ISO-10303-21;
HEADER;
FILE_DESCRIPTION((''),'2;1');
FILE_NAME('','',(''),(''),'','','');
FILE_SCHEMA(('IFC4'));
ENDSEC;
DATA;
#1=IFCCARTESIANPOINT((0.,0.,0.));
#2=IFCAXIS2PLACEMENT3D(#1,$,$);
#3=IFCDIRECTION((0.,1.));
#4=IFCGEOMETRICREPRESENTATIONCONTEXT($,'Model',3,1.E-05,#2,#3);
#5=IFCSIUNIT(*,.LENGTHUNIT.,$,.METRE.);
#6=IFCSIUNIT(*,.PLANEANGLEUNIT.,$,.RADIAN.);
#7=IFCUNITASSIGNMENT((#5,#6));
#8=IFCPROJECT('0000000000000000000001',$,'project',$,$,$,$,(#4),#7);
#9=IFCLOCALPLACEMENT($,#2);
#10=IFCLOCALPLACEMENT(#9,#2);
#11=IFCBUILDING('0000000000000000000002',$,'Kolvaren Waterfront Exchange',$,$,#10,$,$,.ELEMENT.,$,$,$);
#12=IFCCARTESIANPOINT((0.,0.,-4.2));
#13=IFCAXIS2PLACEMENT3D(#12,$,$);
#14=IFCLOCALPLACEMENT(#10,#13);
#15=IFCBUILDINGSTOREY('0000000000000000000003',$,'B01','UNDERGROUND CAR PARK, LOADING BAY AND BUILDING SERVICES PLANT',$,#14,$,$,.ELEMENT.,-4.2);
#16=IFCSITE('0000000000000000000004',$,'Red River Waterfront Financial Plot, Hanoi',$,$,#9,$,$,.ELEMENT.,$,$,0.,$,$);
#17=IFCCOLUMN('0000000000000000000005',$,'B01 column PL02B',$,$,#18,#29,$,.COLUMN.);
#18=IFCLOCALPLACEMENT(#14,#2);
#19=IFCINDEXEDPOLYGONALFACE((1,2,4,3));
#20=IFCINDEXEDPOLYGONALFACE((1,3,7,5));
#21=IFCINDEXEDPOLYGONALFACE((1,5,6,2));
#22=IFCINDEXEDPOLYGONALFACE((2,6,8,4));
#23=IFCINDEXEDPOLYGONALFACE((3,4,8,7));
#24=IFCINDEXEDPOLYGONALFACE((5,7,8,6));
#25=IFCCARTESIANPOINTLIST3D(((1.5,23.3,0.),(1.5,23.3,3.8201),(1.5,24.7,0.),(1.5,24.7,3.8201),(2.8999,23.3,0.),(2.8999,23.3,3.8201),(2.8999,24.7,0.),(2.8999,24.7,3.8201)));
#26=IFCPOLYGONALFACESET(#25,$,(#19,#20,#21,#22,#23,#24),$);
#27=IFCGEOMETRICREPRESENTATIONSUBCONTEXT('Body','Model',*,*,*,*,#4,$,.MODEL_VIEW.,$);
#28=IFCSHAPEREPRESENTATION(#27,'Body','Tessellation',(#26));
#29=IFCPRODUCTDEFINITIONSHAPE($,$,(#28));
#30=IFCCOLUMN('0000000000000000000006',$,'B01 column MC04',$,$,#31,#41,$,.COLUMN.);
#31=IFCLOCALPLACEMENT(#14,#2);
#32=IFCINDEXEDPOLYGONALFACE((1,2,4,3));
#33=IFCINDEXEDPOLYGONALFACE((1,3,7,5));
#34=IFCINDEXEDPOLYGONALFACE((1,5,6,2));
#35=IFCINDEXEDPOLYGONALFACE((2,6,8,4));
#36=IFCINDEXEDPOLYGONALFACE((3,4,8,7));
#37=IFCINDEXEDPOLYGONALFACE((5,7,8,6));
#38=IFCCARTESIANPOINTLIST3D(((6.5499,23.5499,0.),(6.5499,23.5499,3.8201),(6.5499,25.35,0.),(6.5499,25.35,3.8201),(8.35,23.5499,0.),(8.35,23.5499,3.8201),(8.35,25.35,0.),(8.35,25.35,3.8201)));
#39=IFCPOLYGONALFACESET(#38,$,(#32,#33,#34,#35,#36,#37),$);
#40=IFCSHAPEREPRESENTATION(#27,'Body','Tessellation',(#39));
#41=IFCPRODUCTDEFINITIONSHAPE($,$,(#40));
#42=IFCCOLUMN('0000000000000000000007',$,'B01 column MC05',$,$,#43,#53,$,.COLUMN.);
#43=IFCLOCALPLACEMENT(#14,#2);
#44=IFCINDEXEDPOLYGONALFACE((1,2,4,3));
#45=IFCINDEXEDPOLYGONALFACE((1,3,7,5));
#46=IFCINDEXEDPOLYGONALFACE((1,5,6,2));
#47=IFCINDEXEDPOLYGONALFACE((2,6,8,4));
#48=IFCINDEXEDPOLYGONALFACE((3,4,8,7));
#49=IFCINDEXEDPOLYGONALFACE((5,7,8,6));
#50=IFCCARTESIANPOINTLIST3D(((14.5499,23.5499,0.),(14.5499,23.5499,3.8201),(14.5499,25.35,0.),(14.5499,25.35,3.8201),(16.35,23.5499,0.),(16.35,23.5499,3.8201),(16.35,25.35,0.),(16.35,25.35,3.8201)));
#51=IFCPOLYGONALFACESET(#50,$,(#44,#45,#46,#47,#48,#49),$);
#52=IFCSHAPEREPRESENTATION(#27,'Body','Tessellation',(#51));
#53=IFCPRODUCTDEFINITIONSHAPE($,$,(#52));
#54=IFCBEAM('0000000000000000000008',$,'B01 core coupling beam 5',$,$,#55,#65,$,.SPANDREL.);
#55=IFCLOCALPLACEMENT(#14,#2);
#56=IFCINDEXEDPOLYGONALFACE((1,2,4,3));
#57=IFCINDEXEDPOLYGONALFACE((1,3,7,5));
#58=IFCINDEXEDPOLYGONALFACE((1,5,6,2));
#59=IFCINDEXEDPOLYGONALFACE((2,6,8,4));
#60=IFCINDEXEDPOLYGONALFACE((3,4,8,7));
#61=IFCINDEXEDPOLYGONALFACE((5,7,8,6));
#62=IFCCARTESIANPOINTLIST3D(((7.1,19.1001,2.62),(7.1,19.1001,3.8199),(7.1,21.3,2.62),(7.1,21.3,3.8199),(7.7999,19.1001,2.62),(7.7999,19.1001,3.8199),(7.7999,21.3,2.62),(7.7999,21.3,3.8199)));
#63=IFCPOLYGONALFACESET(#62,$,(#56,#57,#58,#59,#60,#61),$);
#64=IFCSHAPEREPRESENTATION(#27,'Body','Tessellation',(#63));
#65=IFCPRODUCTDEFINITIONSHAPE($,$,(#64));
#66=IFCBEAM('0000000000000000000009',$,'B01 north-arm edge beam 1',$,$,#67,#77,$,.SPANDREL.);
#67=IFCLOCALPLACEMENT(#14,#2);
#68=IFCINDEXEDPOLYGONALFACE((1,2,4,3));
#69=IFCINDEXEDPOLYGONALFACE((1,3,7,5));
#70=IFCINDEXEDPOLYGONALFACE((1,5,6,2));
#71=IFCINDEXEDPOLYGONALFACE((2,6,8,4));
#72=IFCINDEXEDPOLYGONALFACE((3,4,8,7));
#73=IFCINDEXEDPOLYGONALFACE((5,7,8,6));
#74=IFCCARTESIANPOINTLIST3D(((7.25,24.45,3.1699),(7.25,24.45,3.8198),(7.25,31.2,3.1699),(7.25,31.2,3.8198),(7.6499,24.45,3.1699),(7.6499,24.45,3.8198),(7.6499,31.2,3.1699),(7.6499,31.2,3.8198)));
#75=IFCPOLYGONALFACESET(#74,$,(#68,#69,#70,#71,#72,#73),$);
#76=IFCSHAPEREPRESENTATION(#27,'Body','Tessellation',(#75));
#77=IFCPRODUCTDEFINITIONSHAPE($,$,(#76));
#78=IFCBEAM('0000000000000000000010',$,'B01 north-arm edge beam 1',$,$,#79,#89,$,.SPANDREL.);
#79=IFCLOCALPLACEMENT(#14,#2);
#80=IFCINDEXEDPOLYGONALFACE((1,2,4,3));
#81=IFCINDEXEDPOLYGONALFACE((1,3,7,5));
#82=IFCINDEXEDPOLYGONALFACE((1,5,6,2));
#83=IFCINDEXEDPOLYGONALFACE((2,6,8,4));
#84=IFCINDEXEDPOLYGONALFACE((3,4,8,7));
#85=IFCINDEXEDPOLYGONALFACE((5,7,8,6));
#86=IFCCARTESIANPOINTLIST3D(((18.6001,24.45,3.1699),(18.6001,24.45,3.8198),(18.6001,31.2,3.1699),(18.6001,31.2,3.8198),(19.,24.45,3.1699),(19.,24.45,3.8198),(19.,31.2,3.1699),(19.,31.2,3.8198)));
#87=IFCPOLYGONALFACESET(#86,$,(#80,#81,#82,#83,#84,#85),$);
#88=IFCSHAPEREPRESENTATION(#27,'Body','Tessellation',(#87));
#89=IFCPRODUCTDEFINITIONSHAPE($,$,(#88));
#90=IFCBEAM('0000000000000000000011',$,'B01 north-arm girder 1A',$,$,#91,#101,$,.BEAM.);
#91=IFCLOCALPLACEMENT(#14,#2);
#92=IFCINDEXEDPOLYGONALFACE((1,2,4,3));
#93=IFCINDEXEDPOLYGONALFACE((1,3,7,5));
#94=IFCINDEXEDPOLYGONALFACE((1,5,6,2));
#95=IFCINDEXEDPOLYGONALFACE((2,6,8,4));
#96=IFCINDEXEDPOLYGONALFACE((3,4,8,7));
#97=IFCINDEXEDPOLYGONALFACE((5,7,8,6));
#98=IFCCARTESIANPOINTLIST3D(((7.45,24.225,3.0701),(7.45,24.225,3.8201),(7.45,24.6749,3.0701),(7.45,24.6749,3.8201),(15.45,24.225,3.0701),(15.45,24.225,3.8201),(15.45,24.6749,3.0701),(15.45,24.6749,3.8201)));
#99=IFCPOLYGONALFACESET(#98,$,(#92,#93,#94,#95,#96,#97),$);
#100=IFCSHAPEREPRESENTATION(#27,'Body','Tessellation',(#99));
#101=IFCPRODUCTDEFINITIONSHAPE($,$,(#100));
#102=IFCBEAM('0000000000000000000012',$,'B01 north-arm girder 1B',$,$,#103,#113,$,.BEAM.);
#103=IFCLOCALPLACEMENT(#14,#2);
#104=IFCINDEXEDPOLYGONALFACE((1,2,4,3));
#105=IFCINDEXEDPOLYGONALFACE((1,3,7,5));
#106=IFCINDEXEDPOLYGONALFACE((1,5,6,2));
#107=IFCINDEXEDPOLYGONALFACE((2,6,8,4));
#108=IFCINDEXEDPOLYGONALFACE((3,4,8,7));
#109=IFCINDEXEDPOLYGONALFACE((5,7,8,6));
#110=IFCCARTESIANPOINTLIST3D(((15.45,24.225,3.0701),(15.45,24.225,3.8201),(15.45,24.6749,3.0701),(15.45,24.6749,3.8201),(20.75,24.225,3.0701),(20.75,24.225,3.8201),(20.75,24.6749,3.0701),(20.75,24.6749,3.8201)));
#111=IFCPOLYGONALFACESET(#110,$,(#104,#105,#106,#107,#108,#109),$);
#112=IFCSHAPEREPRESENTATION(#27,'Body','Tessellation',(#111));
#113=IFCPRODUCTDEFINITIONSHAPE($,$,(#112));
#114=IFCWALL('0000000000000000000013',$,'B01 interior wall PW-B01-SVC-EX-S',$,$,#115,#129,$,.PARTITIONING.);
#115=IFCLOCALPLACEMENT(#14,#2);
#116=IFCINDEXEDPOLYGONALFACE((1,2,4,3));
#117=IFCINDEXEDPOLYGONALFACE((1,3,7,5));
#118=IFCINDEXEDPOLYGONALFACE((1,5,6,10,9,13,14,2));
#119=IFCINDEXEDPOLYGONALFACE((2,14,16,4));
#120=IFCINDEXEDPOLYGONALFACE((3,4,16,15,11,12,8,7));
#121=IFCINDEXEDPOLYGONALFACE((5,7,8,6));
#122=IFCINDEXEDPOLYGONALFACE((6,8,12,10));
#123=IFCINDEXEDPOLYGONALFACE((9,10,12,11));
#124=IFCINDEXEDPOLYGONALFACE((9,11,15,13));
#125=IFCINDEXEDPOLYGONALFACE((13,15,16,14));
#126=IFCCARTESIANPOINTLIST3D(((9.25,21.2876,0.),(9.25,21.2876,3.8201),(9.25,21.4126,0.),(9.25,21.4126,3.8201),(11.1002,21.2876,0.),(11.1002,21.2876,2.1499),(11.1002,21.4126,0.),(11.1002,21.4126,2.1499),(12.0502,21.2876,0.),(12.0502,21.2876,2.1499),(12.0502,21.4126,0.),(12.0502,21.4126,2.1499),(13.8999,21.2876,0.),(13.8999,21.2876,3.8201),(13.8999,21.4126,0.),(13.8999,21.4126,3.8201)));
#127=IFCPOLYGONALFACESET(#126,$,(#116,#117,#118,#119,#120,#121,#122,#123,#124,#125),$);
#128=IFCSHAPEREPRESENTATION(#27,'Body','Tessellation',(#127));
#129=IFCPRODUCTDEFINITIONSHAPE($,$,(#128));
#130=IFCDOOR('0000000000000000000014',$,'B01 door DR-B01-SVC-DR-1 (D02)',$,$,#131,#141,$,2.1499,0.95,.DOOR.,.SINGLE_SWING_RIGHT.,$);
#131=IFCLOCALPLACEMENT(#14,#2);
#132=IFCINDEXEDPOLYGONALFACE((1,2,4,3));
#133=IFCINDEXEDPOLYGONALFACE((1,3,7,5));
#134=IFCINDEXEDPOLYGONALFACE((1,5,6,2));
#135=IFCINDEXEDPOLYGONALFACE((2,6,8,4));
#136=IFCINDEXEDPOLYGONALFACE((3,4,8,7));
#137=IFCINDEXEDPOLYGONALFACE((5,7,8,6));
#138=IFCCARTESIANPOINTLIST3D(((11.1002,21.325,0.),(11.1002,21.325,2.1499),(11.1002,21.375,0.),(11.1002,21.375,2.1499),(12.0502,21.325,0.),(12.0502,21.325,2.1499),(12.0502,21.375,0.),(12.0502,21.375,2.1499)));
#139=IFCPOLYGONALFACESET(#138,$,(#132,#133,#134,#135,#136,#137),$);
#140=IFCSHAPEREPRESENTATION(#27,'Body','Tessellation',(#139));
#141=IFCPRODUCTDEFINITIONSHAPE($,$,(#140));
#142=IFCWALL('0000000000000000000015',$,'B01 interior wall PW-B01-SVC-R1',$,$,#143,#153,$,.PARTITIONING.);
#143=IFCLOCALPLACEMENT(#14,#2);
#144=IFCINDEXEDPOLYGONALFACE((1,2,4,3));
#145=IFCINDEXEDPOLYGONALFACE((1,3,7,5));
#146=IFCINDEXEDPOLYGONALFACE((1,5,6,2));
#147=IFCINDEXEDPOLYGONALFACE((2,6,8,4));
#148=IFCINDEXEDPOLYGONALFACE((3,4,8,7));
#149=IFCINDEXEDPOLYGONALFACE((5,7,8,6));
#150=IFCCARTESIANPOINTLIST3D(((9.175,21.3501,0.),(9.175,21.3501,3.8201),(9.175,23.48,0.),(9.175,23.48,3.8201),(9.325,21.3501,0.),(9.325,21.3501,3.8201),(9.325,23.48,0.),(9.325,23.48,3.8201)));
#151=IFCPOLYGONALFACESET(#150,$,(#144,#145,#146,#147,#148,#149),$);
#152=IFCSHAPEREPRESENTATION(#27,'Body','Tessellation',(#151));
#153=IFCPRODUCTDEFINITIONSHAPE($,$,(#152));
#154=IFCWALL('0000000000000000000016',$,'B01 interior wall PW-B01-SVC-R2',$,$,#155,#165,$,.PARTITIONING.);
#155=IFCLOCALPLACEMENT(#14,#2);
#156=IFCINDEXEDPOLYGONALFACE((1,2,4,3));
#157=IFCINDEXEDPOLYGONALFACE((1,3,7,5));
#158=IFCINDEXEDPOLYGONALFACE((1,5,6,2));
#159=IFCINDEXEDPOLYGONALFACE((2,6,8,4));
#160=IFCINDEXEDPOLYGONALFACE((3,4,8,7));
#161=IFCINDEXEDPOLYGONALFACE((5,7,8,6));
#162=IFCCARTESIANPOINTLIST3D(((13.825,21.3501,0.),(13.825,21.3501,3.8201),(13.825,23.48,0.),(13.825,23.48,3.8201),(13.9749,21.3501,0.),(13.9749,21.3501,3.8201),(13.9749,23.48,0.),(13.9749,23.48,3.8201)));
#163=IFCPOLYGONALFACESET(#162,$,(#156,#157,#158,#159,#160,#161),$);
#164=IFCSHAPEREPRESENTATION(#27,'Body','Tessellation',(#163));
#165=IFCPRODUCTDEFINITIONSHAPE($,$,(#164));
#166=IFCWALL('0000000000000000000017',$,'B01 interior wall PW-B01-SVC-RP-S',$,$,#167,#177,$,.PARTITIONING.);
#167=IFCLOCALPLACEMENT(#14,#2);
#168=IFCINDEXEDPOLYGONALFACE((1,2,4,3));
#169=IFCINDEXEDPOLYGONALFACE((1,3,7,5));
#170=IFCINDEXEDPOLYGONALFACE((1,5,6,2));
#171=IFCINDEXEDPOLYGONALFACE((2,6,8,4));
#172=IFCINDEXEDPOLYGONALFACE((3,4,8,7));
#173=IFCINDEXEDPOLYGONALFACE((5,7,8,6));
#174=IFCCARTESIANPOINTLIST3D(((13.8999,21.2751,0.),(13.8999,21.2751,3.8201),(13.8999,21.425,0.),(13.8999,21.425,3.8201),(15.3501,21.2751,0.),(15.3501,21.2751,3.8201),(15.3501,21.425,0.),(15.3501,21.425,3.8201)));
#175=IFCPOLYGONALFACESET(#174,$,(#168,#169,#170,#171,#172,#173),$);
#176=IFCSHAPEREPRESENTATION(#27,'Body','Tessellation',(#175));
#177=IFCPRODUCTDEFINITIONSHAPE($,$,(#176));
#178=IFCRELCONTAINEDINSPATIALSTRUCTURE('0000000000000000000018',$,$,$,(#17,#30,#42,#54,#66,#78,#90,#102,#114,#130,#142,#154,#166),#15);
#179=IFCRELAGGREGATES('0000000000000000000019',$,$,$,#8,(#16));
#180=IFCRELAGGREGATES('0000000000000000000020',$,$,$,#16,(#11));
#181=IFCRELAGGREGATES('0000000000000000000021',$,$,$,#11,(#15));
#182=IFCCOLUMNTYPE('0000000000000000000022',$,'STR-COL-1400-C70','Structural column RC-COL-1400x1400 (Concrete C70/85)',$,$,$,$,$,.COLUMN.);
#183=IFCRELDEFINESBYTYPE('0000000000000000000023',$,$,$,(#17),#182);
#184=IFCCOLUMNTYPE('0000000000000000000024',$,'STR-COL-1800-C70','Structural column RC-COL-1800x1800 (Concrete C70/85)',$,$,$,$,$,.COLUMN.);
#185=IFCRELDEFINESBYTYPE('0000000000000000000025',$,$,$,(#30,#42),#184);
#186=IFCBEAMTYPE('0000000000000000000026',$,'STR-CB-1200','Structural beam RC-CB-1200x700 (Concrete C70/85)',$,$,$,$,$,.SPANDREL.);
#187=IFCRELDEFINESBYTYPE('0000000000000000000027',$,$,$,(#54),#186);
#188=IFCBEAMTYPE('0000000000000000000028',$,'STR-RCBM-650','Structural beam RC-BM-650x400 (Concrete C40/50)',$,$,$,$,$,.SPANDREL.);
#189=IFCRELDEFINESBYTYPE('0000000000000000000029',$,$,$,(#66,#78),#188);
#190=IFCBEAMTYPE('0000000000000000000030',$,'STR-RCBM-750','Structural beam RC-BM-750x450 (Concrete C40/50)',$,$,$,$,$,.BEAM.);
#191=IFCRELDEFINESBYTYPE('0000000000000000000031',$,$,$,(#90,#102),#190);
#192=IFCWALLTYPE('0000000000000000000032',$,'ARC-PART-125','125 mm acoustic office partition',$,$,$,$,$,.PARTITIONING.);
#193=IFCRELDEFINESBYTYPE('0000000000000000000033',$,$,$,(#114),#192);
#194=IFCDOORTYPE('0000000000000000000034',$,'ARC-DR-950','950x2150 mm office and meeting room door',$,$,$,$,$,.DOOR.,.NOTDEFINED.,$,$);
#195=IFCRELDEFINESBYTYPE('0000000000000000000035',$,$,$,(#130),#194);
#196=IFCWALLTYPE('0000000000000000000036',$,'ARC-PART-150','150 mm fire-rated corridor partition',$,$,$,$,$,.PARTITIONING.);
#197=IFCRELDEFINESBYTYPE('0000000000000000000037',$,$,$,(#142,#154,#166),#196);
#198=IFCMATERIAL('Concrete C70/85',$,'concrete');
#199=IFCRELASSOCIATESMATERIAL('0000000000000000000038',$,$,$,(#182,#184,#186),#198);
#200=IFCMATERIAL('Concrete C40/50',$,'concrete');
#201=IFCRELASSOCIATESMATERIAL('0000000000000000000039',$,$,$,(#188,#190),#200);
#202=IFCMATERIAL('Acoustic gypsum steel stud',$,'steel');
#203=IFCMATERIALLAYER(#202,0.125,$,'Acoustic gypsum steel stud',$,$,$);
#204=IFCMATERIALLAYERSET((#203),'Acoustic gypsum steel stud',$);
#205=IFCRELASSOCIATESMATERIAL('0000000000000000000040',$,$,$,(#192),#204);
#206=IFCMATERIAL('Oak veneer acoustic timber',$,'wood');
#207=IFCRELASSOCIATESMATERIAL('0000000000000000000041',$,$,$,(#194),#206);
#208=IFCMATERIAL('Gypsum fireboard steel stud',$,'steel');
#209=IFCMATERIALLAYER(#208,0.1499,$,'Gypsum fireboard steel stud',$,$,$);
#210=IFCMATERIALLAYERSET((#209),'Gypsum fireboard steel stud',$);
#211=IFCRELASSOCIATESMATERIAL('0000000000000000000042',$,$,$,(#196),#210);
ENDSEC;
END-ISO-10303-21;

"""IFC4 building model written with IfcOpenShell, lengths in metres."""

from ifc_helpers import new_model, si_unit, direction, frame, frame_2d, origin, origin_2d, place, context, subcontext, project, spatial, rectangle, extrude, material, layer, layer_set, material_profile, profile_set, type_object, element, fill, save


model = new_model("IFC4")

# Units and contexts
model_context = context("Model", 3, precision=1e-05, world=origin(), true_north=direction((0.0, 1.0)))
body_context = subcontext(model_context, "Body", "Model", "MODEL_VIEW")
ifc_project = project(units=[si_unit("LENGTHUNIT", "METRE"), si_unit("PLANEANGLEUNIT", "RADIAN")], contexts=[model_context])

# Site, building, storey
site_placement = place(None, origin())
site = spatial("IfcSite", under=ifc_project, at=site_placement, Name="Red River Waterfront Financial Plot, Hanoi", CompositionType="ELEMENT", RefElevation=0.0)
building_placement = place(site_placement, origin())
building = spatial("IfcBuilding", under=site, at=building_placement, Name="Kolvaren Waterfront Exchange", CompositionType="ELEMENT")
storey_placement = place(building_placement, frame((0.0, 0.0, -4.2)))
storey = spatial("IfcBuildingStorey", under=building, at=storey_placement, Name="B01", Description="UNDERGROUND CAR PARK, LOADING BAY AND BUILDING SERVICES PLANT", CompositionType="ELEMENT", Elevation=-4.2)

# Columns
ifc_material_1 = material(Name="Concrete C70/85", Category="concrete")
ifc_material_profile_1 = material_profile(ifc_material_1, rectangle(XDim=1.3999, YDim=1.3999, at=origin_2d()), Name="RC-COL-1400x1400")
ifc_profile_set_1 = profile_set([ifc_material_profile_1], Name="Concrete C70/85")
column_type_1 = type_object("IfcColumnType", Name="STR-COL-1400-C70", Description="Structural column RC-COL-1400x1400 (Concrete C70/85)", PredefinedType="COLUMN", material=ifc_profile_set_1)
column_placement = place(storey_placement, frame((2.2, 24.0, 0.0), z_axis=(0.0, 0.0, 1.0), x_axis=(1.0, 0.0, 0.0)))
element("IfcColumn", 1, at=column_placement, inside=storey, type_object=column_type_1, Name="B01 column PL02B", PredefinedType="COLUMN", context=body_context, shape_type="SweptSolid", body=[
    extrude(rectangle(XDim=1.3999, YDim=1.3999, at=origin_2d()), origin(), (0.0, 0.0, 1.0), 3.8201),
])
ifc_material_profile_2 = material_profile(ifc_material_1, rectangle(XDim=1.8, YDim=1.8, at=origin_2d()), Name="RC-COL-1800x1800")
ifc_profile_set_2 = profile_set([ifc_material_profile_2], Name="Concrete C70/85")
column_type_2 = type_object("IfcColumnType", Name="STR-COL-1800-C70", Description="Structural column RC-COL-1800x1800 (Concrete C70/85)", PredefinedType="COLUMN", material=ifc_profile_set_2)
for number, where, z_axis, x_axis, name in (
    (2, (7.45, 24.45, 0.0), (0.0, 0.0, 1.0), (1.0, 0.0, 0.0), "B01 column MC04"),
    (3, (15.45, 24.45, 0.0), (0.0, 0.0, 1.0), (1.0, 0.0, 0.0), "B01 column MC05"),
):
    element("IfcColumn", number, at=place(storey_placement, frame(where, z_axis=z_axis, x_axis=x_axis)), inside=storey, type_object=column_type_2, Name=name, PredefinedType="COLUMN", context=body_context, shape_type="SweptSolid", body=[
        extrude(rectangle(XDim=1.8, YDim=1.8, at=origin_2d()), origin(), (0.0, 0.0, 1.0), 3.8201),
    ])

# Beams
ifc_material_profile_3 = material_profile(ifc_material_1, rectangle(XDim=0.7, YDim=1.2, at=origin_2d()), Name="RC-CB-1200x700")
ifc_profile_set_3 = profile_set([ifc_material_profile_3], Name="Concrete C70/85")
beam_type_1 = type_object("IfcBeamType", Name="STR-CB-1200", Description="Structural beam RC-CB-1200x700 (Concrete C70/85)", PredefinedType="SPANDREL", material=ifc_profile_set_3)
beam_1_placement = place(storey_placement, frame((7.45, 19.1001, 3.22), z_axis=(0.0, 1.0, 0.0), x_axis=(-1.0, 0.0, 0.0)))
element("IfcBeam", 4, at=beam_1_placement, inside=storey, type_object=beam_type_1, Name="B01 core coupling beam 5", PredefinedType="SPANDREL", context=body_context, shape_type="SweptSolid", body=[
    extrude(rectangle(XDim=0.7, YDim=1.2, at=origin_2d()), origin(), (0.0, 0.0, 1.0), 2.2),
])
ifc_material_2 = material(Name="Concrete C40/50", Category="concrete")
ifc_material_profile_4 = material_profile(ifc_material_2, rectangle(XDim=0.3999, YDim=0.6499, at=origin_2d()), Name="RC-BM-650x400")
ifc_profile_set_4 = profile_set([ifc_material_profile_4], Name="Concrete C40/50")
beam_type_2 = type_object("IfcBeamType", Name="STR-RCBM-650", Description="Structural beam RC-BM-650x400 (Concrete C40/50)", PredefinedType="SPANDREL", material=ifc_profile_set_4)
for number, where, z_axis, x_axis, name in (
    (5, (7.45, 24.45, 3.4949), (0.0, 1.0, 0.0), (-1.0, 0.0, 0.0), "B01 north-arm edge beam 1"),
    (6, (18.8, 24.45, 3.4949), (0.0, 1.0, 0.0), (-1.0, 0.0, 0.0), "B01 north-arm edge beam 1"),
):
    element("IfcBeam", number, at=place(storey_placement, frame(where, z_axis=z_axis, x_axis=x_axis)), inside=storey, type_object=beam_type_2, Name=name, PredefinedType="SPANDREL", context=body_context, shape_type="SweptSolid", body=[
        extrude(rectangle(XDim=0.3999, YDim=0.6499, at=origin_2d()), origin(), (0.0, 0.0, 1.0), 6.75),
    ])
ifc_material_profile_5 = material_profile(ifc_material_2, rectangle(XDim=0.45, YDim=0.75, at=origin_2d()), Name="RC-BM-750x450")
ifc_profile_set_5 = profile_set([ifc_material_profile_5], Name="Concrete C40/50")
beam_type_3 = type_object("IfcBeamType", Name="STR-RCBM-750", Description="Structural beam RC-BM-750x450 (Concrete C40/50)", PredefinedType="BEAM", material=ifc_profile_set_5)
beam_2_placement = place(storey_placement, frame((7.45, 24.45, 3.4451), z_axis=(1.0, 0.0, 0.0), x_axis=(0.0, 1.0, 0.0)))
element("IfcBeam", 7, at=beam_2_placement, inside=storey, type_object=beam_type_3, Name="B01 north-arm girder 1A", PredefinedType="BEAM", context=body_context, shape_type="SweptSolid", body=[
    extrude(rectangle(XDim=0.45, YDim=0.75, at=origin_2d()), origin(), (0.0, 0.0, 1.0), 8.0),
])
beam_3_placement = place(storey_placement, frame((15.45, 24.45, 3.4451), z_axis=(1.0, 0.0, 0.0), x_axis=(0.0, 1.0, 0.0)))
element("IfcBeam", 8, at=beam_3_placement, inside=storey, type_object=beam_type_3, Name="B01 north-arm girder 1B", PredefinedType="BEAM", context=body_context, shape_type="SweptSolid", body=[
    extrude(rectangle(XDim=0.45, YDim=0.75, at=origin_2d()), origin(), (0.0, 0.0, 1.0), 5.3),
])

# Wall, opening, door
ifc_material_3 = material(Name="Acoustic gypsum steel stud", Category="steel")
ifc_layer_1 = layer(ifc_material_3, 0.125, Name="Acoustic gypsum steel stud")
ifc_layer_set_1 = layer_set([ifc_layer_1], Name="Acoustic gypsum steel stud")
wall_type_1 = type_object("IfcWallType", Name="ARC-PART-125", Description="125 mm acoustic office partition", PredefinedType="PARTITIONING", material=ifc_layer_set_1)
wall_1_placement = place(storey_placement, frame((9.25, 21.3501, 0.0), z_axis=(0.0, 0.0, 1.0), x_axis=(1.0, 0.0, 0.0)))
wall_1 = element("IfcWall", 9, at=wall_1_placement, inside=storey, type_object=wall_type_1, Name="B01 interior wall PW-B01-SVC-EX-S", PredefinedType="PARTITIONING", context=body_context, shape_type="SweptSolid", body=[
    extrude(rectangle(XDim=4.6499, YDim=0.125, at=frame_2d((2.325, 0.0))), origin(), (0.0, 0.0, 1.0), 3.8201),
])
opening_1_placement = place(wall_1_placement, frame((1.8501, 0.0, 0.0)))
opening_1 = element("IfcOpeningElement", 10, at=opening_1_placement, cuts=wall_1, PredefinedType="OPENING", context=body_context, shape_type="SweptSolid", body=[
    extrude(rectangle(XDim=0.95, YDim=2.1499, at=frame_2d((0.4751, 1.075))), frame((0.0, 0.0725, 0.0), z_axis=(0.0, -1.0, 0.0), x_axis=(1.0, 0.0, 0.0)), (0.0, 0.0, 1.0), 0.145),
])
ifc_material_4 = material(Name="Oak veneer acoustic timber", Category="wood")
door_type_1 = type_object("IfcDoorType", Name="ARC-DR-950", Description="950x2150 mm office and meeting room door", OperationType="NOTDEFINED", PredefinedType="DOOR", material=ifc_material_4)
door_1_placement = place(opening_1_placement, origin())
door_1 = element("IfcDoor", 11, at=door_1_placement, inside=storey, type_object=door_type_1, Name="B01 door DR-B01-SVC-DR-1 (D02)", OperationType="SINGLE_SWING_RIGHT", OverallHeight=2.1499, OverallWidth=0.95, PredefinedType="DOOR", context=body_context, shape_type="SweptSolid", body=[
    extrude(rectangle(XDim=0.95, YDim=2.1499, at=frame_2d((0.4751, 1.075))), frame((0.0, 0.0249, 0.0), z_axis=(0.0, -1.0, 0.0), x_axis=(1.0, 0.0, 0.0)), (0.0, 0.0, 1.0), 0.05),
])
fill(opening_1, door_1)

# Walls
ifc_material_5 = material(Name="Gypsum fireboard steel stud", Category="steel")
ifc_layer_2 = layer(ifc_material_5, 0.1499, Name="Gypsum fireboard steel stud")
ifc_layer_set_2 = layer_set([ifc_layer_2], Name="Gypsum fireboard steel stud")
wall_type_2 = type_object("IfcWallType", Name="ARC-PART-150", Description="150 mm fire-rated corridor partition", PredefinedType="PARTITIONING", material=ifc_layer_set_2)
for number, where, z_axis, x_axis, name in (
    (12, (9.25, 21.3501, 0.0), (0.0, 0.0, 1.0), (0.0, 1.0, 0.0), "B01 interior wall PW-B01-SVC-R1"),
    (13, (13.8999, 21.3501, 0.0), (0.0, 0.0, 1.0), (0.0, 1.0, 0.0), "B01 interior wall PW-B01-SVC-R2"),
):
    element("IfcWall", number, at=place(storey_placement, frame(where, z_axis=z_axis, x_axis=x_axis)), inside=storey, type_object=wall_type_2, Name=name, PredefinedType="PARTITIONING", context=body_context, shape_type="SweptSolid", body=[
        extrude(rectangle(XDim=2.1299, YDim=0.1499, at=frame_2d((1.0649, 0.0))), origin(), (0.0, 0.0, 1.0), 3.8201),
    ])

# Wall
wall_2_placement = place(storey_placement, frame((13.8999, 21.3501, 0.0), z_axis=(0.0, 0.0, 1.0), x_axis=(1.0, 0.0, 0.0)))
element("IfcWall", 14, at=wall_2_placement, inside=storey, type_object=wall_type_2, Name="B01 interior wall PW-B01-SVC-RP-S", PredefinedType="PARTITIONING", context=body_context, shape_type="SweptSolid", body=[
    extrude(rectangle(XDim=1.4502, YDim=0.1499, at=frame_2d((0.7251, 0.0))), origin(), (0.0, 0.0, 1.0), 3.8201),
])

save(model, "model.ifc")
